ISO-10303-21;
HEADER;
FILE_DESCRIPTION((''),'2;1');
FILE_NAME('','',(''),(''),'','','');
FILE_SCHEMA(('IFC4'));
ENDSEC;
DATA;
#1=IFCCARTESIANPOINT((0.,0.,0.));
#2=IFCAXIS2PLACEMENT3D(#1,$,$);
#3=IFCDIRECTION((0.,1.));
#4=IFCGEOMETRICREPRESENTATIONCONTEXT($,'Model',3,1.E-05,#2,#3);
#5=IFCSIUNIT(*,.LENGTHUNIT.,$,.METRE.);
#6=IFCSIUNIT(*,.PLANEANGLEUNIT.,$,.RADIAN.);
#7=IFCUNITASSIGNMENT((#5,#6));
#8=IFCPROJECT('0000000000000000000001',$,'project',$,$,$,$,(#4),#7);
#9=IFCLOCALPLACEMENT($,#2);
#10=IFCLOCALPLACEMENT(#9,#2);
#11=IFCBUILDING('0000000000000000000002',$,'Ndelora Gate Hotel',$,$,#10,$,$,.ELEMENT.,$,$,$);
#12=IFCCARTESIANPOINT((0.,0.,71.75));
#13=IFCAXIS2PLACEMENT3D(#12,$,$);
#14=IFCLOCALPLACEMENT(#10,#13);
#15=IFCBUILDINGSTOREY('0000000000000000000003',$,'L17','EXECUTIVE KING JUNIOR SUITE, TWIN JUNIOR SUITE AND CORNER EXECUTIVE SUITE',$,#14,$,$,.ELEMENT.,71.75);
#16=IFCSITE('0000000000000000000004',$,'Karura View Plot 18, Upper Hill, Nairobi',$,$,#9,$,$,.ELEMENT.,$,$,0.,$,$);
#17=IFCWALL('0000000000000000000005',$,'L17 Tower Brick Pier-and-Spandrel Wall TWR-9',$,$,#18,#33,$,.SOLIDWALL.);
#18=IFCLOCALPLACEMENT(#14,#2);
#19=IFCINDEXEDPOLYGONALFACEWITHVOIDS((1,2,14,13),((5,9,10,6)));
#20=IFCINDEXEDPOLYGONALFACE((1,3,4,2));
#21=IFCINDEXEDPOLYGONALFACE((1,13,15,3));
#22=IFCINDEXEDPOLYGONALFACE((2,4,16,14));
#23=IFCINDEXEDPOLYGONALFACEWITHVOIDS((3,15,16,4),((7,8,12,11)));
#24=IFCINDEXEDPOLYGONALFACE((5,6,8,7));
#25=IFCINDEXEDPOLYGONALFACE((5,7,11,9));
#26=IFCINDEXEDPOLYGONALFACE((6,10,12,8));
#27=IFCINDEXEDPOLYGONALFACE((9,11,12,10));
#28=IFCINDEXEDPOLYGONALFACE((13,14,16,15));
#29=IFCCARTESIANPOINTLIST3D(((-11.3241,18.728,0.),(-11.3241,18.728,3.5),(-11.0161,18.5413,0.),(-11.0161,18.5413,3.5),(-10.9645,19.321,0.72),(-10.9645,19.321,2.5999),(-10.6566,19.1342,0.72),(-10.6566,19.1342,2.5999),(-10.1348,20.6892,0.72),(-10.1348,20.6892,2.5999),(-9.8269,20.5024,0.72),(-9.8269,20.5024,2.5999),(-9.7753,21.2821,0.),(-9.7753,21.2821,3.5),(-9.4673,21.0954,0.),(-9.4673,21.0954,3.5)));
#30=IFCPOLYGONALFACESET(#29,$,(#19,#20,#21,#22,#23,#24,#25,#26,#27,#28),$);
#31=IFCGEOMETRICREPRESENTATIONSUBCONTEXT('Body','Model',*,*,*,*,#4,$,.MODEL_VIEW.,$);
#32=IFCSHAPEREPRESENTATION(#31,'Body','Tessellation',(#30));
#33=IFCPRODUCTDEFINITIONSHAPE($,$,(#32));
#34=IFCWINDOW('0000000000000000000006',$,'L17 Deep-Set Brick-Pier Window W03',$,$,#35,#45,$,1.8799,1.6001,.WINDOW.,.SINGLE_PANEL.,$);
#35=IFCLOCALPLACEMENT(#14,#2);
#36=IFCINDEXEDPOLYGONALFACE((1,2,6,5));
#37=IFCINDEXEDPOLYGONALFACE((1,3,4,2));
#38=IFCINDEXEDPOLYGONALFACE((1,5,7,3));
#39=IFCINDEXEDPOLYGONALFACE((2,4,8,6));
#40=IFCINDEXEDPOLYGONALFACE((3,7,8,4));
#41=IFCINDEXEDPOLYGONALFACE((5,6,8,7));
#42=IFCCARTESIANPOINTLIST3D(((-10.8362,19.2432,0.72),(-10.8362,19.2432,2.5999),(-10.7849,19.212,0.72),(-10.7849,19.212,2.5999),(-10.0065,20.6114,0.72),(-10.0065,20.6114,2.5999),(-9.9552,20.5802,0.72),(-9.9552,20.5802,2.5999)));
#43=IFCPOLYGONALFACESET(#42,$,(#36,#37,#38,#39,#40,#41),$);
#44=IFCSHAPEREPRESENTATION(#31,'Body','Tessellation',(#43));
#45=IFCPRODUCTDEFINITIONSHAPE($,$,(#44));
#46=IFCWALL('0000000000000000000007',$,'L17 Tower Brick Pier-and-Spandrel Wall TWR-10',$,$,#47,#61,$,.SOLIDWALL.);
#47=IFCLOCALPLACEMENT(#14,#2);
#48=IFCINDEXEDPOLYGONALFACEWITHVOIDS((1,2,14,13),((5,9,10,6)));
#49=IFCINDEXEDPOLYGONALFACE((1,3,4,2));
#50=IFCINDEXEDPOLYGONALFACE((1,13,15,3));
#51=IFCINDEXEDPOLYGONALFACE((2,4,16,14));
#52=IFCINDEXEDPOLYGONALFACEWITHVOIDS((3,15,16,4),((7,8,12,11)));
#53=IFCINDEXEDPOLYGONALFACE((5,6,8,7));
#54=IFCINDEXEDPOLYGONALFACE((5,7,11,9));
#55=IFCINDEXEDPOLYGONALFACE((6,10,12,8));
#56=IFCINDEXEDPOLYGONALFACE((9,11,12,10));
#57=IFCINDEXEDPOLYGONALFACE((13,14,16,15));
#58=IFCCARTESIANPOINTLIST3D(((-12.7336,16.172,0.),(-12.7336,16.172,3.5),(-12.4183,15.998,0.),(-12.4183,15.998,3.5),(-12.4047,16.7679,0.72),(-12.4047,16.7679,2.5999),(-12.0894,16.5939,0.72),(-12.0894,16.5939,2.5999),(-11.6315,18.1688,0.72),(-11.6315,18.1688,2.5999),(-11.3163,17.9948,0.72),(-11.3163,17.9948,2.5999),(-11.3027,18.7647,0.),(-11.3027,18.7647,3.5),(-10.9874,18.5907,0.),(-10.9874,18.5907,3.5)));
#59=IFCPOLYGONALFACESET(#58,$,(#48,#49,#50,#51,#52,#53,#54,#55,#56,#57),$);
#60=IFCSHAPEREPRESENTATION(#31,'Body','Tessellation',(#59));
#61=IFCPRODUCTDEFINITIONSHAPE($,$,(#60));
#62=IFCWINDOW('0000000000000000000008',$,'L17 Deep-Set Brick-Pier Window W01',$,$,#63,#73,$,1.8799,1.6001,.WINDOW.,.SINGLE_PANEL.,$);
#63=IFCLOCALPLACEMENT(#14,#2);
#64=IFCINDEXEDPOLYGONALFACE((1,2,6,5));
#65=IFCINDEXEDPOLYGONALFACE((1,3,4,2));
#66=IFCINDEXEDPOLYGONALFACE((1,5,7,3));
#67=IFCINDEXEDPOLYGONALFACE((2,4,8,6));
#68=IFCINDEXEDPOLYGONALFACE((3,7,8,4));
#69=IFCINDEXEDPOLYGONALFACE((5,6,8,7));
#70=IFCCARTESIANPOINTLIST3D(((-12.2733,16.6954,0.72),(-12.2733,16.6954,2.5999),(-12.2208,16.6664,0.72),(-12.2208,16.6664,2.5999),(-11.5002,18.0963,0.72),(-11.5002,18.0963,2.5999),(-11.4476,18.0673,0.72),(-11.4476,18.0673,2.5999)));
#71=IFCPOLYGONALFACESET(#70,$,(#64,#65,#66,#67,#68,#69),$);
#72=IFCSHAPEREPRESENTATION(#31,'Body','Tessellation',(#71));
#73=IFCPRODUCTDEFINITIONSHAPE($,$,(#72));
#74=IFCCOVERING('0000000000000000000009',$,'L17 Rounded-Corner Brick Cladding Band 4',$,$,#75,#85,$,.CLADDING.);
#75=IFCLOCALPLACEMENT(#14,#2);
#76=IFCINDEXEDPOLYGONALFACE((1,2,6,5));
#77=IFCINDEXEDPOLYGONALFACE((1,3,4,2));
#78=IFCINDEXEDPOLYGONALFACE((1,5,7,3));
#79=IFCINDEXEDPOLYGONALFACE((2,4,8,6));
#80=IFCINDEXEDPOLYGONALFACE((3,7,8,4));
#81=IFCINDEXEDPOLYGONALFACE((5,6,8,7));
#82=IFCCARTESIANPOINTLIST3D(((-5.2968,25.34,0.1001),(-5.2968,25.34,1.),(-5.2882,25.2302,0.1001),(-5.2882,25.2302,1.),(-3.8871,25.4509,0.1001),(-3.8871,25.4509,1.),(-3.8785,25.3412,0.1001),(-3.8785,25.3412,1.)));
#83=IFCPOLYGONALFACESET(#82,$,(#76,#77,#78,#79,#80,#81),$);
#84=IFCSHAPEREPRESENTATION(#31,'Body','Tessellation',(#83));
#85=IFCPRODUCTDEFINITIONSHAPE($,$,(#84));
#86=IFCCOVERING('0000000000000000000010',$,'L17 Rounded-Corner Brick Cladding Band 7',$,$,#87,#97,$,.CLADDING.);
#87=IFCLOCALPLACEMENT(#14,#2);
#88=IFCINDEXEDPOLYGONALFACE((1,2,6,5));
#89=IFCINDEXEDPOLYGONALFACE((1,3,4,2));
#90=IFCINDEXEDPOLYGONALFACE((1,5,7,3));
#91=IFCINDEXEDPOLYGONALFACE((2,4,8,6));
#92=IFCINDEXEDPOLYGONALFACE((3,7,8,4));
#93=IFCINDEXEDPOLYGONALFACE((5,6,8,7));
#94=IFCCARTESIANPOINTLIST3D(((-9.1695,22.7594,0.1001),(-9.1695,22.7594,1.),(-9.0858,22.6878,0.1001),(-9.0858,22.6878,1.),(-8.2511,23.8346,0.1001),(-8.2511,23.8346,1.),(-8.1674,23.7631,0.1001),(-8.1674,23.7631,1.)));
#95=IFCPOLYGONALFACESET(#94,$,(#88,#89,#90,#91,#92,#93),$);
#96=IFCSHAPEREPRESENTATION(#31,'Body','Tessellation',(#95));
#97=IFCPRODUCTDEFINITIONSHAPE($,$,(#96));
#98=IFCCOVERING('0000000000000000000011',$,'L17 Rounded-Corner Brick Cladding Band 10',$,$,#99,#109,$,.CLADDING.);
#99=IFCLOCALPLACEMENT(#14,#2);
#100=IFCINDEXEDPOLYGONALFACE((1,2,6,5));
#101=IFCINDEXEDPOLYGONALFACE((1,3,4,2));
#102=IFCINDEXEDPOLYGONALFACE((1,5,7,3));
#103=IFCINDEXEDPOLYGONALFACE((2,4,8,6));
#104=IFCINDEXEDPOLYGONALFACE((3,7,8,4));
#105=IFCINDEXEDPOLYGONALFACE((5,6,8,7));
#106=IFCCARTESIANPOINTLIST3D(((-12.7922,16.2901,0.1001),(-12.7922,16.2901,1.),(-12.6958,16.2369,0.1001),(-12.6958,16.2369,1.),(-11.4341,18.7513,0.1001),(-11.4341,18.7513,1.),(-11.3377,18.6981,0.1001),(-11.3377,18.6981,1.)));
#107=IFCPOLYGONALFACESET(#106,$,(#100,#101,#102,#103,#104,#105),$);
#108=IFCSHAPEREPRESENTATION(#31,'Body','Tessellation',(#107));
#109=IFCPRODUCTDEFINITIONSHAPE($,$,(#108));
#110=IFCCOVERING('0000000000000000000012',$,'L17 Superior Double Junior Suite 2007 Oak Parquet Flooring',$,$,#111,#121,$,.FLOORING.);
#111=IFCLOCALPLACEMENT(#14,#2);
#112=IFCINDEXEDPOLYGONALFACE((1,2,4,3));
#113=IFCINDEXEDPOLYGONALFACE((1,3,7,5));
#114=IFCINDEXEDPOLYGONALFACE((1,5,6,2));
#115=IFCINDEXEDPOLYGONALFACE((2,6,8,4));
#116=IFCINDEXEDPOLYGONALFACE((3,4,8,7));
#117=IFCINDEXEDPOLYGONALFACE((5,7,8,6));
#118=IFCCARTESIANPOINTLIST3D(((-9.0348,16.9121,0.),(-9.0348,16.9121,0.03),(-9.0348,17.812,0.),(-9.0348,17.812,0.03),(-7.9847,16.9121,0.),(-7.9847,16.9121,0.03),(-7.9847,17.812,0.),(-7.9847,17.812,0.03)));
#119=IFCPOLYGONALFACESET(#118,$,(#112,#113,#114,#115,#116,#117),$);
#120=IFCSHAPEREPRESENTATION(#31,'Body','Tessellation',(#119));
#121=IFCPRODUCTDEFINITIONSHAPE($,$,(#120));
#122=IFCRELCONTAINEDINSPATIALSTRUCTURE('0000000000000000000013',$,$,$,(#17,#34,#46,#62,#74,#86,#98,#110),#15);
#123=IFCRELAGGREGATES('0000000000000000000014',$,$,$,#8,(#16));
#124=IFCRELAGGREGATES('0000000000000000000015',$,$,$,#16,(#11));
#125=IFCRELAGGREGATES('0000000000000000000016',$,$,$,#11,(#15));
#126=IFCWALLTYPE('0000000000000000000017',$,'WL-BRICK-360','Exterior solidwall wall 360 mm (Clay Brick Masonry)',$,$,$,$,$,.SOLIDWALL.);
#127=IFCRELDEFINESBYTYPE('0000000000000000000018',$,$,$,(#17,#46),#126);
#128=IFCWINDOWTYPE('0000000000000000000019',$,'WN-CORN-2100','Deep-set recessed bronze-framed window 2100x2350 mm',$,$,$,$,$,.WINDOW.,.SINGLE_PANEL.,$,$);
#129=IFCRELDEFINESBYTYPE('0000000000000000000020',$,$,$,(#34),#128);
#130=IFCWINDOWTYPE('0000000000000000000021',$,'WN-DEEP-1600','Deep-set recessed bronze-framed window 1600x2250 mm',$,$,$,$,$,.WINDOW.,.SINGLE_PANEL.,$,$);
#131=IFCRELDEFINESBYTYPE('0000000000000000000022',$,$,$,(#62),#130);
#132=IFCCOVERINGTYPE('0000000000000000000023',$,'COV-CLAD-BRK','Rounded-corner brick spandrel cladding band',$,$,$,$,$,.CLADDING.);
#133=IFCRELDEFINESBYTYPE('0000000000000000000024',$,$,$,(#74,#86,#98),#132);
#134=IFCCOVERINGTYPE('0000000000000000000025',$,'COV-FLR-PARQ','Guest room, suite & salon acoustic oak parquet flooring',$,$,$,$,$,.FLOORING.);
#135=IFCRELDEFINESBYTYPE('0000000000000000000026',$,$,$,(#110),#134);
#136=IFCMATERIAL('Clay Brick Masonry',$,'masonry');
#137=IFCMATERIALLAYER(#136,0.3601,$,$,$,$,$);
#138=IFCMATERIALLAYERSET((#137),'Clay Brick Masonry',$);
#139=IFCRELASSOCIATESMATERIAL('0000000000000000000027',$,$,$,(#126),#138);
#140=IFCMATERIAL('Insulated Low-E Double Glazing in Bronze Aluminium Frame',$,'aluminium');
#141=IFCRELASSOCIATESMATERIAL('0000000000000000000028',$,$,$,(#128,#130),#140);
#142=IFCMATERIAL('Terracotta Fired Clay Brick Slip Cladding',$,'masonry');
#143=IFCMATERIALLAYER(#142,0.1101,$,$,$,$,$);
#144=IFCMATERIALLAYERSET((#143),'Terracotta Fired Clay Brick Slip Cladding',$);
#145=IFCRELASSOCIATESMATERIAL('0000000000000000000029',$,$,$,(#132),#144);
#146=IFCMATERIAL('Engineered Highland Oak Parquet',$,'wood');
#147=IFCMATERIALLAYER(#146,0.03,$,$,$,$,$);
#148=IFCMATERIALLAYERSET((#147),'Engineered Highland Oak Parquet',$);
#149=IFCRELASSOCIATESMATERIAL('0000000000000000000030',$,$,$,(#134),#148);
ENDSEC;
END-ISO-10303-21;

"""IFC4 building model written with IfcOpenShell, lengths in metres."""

from ifc_helpers import new_model, si_unit, direction, frame, frame_2d, origin, origin_2d, place, context, subcontext, project, spatial, rectangle, extrude, material, layer, layer_set, type_object, element, fill, save


model = new_model("IFC4")

# Units and contexts
model_context = context("Model", 3, precision=1e-05, world=origin(), true_north=direction((0.0, 1.0)))
body_context = subcontext(model_context, "Body", "Model", "MODEL_VIEW")
ifc_project = project(units=[si_unit("LENGTHUNIT", "METRE"), si_unit("PLANEANGLEUNIT", "RADIAN")], contexts=[model_context])

# Site, building, storey
site_placement = place(None, origin())
site = spatial("IfcSite", under=ifc_project, at=site_placement, Name="Karura View Plot 18, Upper Hill, Nairobi", CompositionType="ELEMENT", RefElevation=0.0)
building_placement = place(site_placement, origin())
building = spatial("IfcBuilding", under=site, at=building_placement, Name="Ndelora Gate Hotel", CompositionType="ELEMENT")
storey_placement = place(building_placement, frame((0.0, 0.0, 71.75)))
storey = spatial("IfcBuildingStorey", under=building, at=storey_placement, Name="L17", Description="EXECUTIVE KING JUNIOR SUITE, TWIN JUNIOR SUITE AND CORNER EXECUTIVE SUITE", CompositionType="ELEMENT", Elevation=71.75)

# Shared definitions
ifc_material_1 = material(Name="Clay Brick Masonry", Category="masonry")
ifc_layer_1 = layer(ifc_material_1, 0.3601)
ifc_layer_set_1 = layer_set([ifc_layer_1], Name="Clay Brick Masonry")
wall_type = type_object("IfcWallType", Name="WL-BRICK-360", Description="Exterior solidwall wall 360 mm (Clay Brick Masonry)", PredefinedType="SOLIDWALL", material=ifc_layer_set_1)

# Walls, openings, windows
wall_1_placement = place(storey_placement, frame((-11.1702, 18.6345, 0.0), z_axis=(0.0, 0.0, 1.0), x_axis=(0.518505, 0.855075, 0.0)))
wall_1 = element("IfcWall", 1, at=wall_1_placement, inside=storey, type_object=wall_type, Name="L17 Tower Brick Pier-and-Spandrel Wall TWR-9", PredefinedType="SOLIDWALL", context=body_context, shape_type="SweptSolid", body=[
    extrude(rectangle(XDim=2.9871, YDim=0.3601, at=frame_2d((1.4937, 0.0))), origin(), (0.0, 0.0, 1.0), 3.5),
])
opening_1_placement = place(wall_1_placement, frame((0.6936, 0.0, 0.72)))
opening_1 = element("IfcOpeningElement", 2, at=opening_1_placement, cuts=wall_1, PredefinedType="OPENING", context=body_context, shape_type="SweptSolid", body=[
    extrude(rectangle(XDim=1.6001, YDim=1.8799, at=frame_2d((0.8, 0.9399))), frame((0.0, 0.1899, 0.0), z_axis=(0.0, -1.0, 0.0), x_axis=(1.0, 0.0, 0.0)), (0.0, 0.0, 1.0), 0.3801),
])
ifc_material_2 = material(Name="Insulated Low-E Double Glazing in Bronze Aluminium Frame", Category="aluminium")
window_type_1 = type_object("IfcWindowType", Name="WN-CORN-2100", Description="Deep-set recessed bronze-framed window 2100x2350 mm", PartitioningType="SINGLE_PANEL", PredefinedType="WINDOW", material=ifc_material_2)
window_1_placement = place(opening_1_placement, origin())
window_1 = element("IfcWindow", 3, at=window_1_placement, inside=storey, type_object=window_type_1, Name="L17 Deep-Set Brick-Pier Window W03", OverallHeight=1.8799, OverallWidth=1.6001, PartitioningType="SINGLE_PANEL", PredefinedType="WINDOW", context=body_context, shape_type="SweptSolid", body=[
    extrude(rectangle(XDim=1.6001, YDim=1.8799, at=frame_2d((0.8, 0.9399))), frame((0.0, 0.03, 0.0), z_axis=(0.0, -1.0, 0.0), x_axis=(1.0, 0.0, 0.0)), (0.0, 0.0, 1.0), 0.0601),
])
fill(opening_1, window_1)
wall_2_placement = place(storey_placement, frame((-12.5759, 16.085, 0.0), z_axis=(0.0, 0.0, 1.0), x_axis=(0.483184, 0.875519, 0.0)))
wall_2 = element("IfcWall", 4, at=wall_2_placement, inside=storey, type_object=wall_type, Name="L17 Tower Brick Pier-and-Spandrel Wall TWR-10", PredefinedType="SOLIDWALL", context=body_context, shape_type="SweptSolid", body=[
    extrude(rectangle(XDim=2.9614, YDim=0.3601, at=frame_2d((1.4807, 0.0))), origin(), (0.0, 0.0, 1.0), 3.5),
])
opening_2_placement = place(wall_2_placement, frame((0.6807, 0.0, 0.72)))
opening_2 = element("IfcOpeningElement", 5, at=opening_2_placement, cuts=wall_2, PredefinedType="OPENING", context=body_context, shape_type="SweptSolid", body=[
    extrude(rectangle(XDim=1.6001, YDim=1.8799, at=frame_2d((0.8, 0.9399))), frame((0.0, 0.1899, 0.0), z_axis=(0.0, -1.0, 0.0), x_axis=(1.0, 0.0, 0.0)), (0.0, 0.0, 1.0), 0.3801),
])
window_type_2 = type_object("IfcWindowType", Name="WN-DEEP-1600", Description="Deep-set recessed bronze-framed window 1600x2250 mm", PartitioningType="SINGLE_PANEL", PredefinedType="WINDOW", material=ifc_material_2)
window_2_placement = place(opening_2_placement, origin())
window_2 = element("IfcWindow", 6, at=window_2_placement, inside=storey, type_object=window_type_2, Name="L17 Deep-Set Brick-Pier Window W01", OverallHeight=1.8799, OverallWidth=1.6001, PartitioningType="SINGLE_PANEL", PredefinedType="WINDOW", context=body_context, shape_type="SweptSolid", body=[
    extrude(rectangle(XDim=1.6001, YDim=1.8799, at=frame_2d((0.8, 0.9399))), frame((0.0, 0.03, 0.0), z_axis=(0.0, -1.0, 0.0), x_axis=(1.0, 0.0, 0.0)), (0.0, 0.0, 1.0), 0.0601),
])
fill(opening_2, window_2)

# Coverings
ifc_material_3 = material(Name="Terracotta Fired Clay Brick Slip Cladding", Category="masonry")
ifc_layer_2 = layer(ifc_material_3, 0.1101)
ifc_layer_set_2 = layer_set([ifc_layer_2], Name="Terracotta Fired Clay Brick Slip Cladding")
covering_type_1 = type_object("IfcCoveringType", Name="COV-CLAD-BRK", Description="Rounded-corner brick spandrel cladding band", PredefinedType="CLADDING", material=ifc_layer_set_2)
for number, where, z_axis, x_axis, name in (
    (7, (-4.5876, 25.3406, 0.1001), (0.0, 0.0, 1.0), (0.996917, 0.078459, 0.0), "L17 Rounded-Corner Brick Cladding Band 4"),
    (8, (-8.6685, 23.2612, 0.1001), (0.0, 0.0, 1.0), (0.649448, 0.760406, 0.0), "L17 Rounded-Corner Brick Cladding Band 7"),
):
    element("IfcCovering", number, at=place(storey_placement, frame(where, z_axis=z_axis, x_axis=x_axis)), inside=storey, type_object=covering_type_1, Name=name, PredefinedType="CLADDING", context=body_context, shape_type="SweptSolid", body=[
        extrude(rectangle(XDim=1.4141, YDim=0.1101, at=origin_2d()), origin(), (0.0, 0.0, 1.0), 0.8999),
    ])
covering_1_placement = place(storey_placement, frame((-12.0649, 17.4941, 0.1001), z_axis=(0.0, 0.0, 1.0), x_axis=(0.48313, 0.875549, 0.0)))
element("IfcCovering", 9, at=covering_1_placement, inside=storey, type_object=covering_type_1, Name="L17 Rounded-Corner Brick Cladding Band 10", PredefinedType="CLADDING", context=body_context, shape_type="SweptSolid", body=[
    extrude(rectangle(XDim=2.811, YDim=0.1101, at=origin_2d()), origin(), (0.0, 0.0, 1.0), 0.8999),
])
ifc_material_4 = material(Name="Engineered Highland Oak Parquet", Category="wood")
ifc_layer_3 = layer(ifc_material_4, 0.03)
ifc_layer_set_3 = layer_set([ifc_layer_3], Name="Engineered Highland Oak Parquet")
covering_type_2 = type_object("IfcCoveringType", Name="COV-FLR-PARQ", Description="Guest room, suite & salon acoustic oak parquet flooring", PredefinedType="FLOORING", material=ifc_layer_set_3)
covering_2_placement = place(storey_placement, frame((-8.5098, 17.3621, 0.0), z_axis=(0.0, 0.0, 1.0), x_axis=(1.0, 0.0, 0.0)))
element("IfcCovering", 10, at=covering_2_placement, inside=storey, type_object=covering_type_2, Name="L17 Superior Double Junior Suite 2007 Oak Parquet Flooring", PredefinedType="FLOORING", context=body_context, shape_type="SweptSolid", body=[
    extrude(rectangle(XDim=1.05, YDim=0.8999, at=origin_2d()), origin(), (0.0, 0.0, 1.0), 0.03),
])

save(model, "model.ifc")
